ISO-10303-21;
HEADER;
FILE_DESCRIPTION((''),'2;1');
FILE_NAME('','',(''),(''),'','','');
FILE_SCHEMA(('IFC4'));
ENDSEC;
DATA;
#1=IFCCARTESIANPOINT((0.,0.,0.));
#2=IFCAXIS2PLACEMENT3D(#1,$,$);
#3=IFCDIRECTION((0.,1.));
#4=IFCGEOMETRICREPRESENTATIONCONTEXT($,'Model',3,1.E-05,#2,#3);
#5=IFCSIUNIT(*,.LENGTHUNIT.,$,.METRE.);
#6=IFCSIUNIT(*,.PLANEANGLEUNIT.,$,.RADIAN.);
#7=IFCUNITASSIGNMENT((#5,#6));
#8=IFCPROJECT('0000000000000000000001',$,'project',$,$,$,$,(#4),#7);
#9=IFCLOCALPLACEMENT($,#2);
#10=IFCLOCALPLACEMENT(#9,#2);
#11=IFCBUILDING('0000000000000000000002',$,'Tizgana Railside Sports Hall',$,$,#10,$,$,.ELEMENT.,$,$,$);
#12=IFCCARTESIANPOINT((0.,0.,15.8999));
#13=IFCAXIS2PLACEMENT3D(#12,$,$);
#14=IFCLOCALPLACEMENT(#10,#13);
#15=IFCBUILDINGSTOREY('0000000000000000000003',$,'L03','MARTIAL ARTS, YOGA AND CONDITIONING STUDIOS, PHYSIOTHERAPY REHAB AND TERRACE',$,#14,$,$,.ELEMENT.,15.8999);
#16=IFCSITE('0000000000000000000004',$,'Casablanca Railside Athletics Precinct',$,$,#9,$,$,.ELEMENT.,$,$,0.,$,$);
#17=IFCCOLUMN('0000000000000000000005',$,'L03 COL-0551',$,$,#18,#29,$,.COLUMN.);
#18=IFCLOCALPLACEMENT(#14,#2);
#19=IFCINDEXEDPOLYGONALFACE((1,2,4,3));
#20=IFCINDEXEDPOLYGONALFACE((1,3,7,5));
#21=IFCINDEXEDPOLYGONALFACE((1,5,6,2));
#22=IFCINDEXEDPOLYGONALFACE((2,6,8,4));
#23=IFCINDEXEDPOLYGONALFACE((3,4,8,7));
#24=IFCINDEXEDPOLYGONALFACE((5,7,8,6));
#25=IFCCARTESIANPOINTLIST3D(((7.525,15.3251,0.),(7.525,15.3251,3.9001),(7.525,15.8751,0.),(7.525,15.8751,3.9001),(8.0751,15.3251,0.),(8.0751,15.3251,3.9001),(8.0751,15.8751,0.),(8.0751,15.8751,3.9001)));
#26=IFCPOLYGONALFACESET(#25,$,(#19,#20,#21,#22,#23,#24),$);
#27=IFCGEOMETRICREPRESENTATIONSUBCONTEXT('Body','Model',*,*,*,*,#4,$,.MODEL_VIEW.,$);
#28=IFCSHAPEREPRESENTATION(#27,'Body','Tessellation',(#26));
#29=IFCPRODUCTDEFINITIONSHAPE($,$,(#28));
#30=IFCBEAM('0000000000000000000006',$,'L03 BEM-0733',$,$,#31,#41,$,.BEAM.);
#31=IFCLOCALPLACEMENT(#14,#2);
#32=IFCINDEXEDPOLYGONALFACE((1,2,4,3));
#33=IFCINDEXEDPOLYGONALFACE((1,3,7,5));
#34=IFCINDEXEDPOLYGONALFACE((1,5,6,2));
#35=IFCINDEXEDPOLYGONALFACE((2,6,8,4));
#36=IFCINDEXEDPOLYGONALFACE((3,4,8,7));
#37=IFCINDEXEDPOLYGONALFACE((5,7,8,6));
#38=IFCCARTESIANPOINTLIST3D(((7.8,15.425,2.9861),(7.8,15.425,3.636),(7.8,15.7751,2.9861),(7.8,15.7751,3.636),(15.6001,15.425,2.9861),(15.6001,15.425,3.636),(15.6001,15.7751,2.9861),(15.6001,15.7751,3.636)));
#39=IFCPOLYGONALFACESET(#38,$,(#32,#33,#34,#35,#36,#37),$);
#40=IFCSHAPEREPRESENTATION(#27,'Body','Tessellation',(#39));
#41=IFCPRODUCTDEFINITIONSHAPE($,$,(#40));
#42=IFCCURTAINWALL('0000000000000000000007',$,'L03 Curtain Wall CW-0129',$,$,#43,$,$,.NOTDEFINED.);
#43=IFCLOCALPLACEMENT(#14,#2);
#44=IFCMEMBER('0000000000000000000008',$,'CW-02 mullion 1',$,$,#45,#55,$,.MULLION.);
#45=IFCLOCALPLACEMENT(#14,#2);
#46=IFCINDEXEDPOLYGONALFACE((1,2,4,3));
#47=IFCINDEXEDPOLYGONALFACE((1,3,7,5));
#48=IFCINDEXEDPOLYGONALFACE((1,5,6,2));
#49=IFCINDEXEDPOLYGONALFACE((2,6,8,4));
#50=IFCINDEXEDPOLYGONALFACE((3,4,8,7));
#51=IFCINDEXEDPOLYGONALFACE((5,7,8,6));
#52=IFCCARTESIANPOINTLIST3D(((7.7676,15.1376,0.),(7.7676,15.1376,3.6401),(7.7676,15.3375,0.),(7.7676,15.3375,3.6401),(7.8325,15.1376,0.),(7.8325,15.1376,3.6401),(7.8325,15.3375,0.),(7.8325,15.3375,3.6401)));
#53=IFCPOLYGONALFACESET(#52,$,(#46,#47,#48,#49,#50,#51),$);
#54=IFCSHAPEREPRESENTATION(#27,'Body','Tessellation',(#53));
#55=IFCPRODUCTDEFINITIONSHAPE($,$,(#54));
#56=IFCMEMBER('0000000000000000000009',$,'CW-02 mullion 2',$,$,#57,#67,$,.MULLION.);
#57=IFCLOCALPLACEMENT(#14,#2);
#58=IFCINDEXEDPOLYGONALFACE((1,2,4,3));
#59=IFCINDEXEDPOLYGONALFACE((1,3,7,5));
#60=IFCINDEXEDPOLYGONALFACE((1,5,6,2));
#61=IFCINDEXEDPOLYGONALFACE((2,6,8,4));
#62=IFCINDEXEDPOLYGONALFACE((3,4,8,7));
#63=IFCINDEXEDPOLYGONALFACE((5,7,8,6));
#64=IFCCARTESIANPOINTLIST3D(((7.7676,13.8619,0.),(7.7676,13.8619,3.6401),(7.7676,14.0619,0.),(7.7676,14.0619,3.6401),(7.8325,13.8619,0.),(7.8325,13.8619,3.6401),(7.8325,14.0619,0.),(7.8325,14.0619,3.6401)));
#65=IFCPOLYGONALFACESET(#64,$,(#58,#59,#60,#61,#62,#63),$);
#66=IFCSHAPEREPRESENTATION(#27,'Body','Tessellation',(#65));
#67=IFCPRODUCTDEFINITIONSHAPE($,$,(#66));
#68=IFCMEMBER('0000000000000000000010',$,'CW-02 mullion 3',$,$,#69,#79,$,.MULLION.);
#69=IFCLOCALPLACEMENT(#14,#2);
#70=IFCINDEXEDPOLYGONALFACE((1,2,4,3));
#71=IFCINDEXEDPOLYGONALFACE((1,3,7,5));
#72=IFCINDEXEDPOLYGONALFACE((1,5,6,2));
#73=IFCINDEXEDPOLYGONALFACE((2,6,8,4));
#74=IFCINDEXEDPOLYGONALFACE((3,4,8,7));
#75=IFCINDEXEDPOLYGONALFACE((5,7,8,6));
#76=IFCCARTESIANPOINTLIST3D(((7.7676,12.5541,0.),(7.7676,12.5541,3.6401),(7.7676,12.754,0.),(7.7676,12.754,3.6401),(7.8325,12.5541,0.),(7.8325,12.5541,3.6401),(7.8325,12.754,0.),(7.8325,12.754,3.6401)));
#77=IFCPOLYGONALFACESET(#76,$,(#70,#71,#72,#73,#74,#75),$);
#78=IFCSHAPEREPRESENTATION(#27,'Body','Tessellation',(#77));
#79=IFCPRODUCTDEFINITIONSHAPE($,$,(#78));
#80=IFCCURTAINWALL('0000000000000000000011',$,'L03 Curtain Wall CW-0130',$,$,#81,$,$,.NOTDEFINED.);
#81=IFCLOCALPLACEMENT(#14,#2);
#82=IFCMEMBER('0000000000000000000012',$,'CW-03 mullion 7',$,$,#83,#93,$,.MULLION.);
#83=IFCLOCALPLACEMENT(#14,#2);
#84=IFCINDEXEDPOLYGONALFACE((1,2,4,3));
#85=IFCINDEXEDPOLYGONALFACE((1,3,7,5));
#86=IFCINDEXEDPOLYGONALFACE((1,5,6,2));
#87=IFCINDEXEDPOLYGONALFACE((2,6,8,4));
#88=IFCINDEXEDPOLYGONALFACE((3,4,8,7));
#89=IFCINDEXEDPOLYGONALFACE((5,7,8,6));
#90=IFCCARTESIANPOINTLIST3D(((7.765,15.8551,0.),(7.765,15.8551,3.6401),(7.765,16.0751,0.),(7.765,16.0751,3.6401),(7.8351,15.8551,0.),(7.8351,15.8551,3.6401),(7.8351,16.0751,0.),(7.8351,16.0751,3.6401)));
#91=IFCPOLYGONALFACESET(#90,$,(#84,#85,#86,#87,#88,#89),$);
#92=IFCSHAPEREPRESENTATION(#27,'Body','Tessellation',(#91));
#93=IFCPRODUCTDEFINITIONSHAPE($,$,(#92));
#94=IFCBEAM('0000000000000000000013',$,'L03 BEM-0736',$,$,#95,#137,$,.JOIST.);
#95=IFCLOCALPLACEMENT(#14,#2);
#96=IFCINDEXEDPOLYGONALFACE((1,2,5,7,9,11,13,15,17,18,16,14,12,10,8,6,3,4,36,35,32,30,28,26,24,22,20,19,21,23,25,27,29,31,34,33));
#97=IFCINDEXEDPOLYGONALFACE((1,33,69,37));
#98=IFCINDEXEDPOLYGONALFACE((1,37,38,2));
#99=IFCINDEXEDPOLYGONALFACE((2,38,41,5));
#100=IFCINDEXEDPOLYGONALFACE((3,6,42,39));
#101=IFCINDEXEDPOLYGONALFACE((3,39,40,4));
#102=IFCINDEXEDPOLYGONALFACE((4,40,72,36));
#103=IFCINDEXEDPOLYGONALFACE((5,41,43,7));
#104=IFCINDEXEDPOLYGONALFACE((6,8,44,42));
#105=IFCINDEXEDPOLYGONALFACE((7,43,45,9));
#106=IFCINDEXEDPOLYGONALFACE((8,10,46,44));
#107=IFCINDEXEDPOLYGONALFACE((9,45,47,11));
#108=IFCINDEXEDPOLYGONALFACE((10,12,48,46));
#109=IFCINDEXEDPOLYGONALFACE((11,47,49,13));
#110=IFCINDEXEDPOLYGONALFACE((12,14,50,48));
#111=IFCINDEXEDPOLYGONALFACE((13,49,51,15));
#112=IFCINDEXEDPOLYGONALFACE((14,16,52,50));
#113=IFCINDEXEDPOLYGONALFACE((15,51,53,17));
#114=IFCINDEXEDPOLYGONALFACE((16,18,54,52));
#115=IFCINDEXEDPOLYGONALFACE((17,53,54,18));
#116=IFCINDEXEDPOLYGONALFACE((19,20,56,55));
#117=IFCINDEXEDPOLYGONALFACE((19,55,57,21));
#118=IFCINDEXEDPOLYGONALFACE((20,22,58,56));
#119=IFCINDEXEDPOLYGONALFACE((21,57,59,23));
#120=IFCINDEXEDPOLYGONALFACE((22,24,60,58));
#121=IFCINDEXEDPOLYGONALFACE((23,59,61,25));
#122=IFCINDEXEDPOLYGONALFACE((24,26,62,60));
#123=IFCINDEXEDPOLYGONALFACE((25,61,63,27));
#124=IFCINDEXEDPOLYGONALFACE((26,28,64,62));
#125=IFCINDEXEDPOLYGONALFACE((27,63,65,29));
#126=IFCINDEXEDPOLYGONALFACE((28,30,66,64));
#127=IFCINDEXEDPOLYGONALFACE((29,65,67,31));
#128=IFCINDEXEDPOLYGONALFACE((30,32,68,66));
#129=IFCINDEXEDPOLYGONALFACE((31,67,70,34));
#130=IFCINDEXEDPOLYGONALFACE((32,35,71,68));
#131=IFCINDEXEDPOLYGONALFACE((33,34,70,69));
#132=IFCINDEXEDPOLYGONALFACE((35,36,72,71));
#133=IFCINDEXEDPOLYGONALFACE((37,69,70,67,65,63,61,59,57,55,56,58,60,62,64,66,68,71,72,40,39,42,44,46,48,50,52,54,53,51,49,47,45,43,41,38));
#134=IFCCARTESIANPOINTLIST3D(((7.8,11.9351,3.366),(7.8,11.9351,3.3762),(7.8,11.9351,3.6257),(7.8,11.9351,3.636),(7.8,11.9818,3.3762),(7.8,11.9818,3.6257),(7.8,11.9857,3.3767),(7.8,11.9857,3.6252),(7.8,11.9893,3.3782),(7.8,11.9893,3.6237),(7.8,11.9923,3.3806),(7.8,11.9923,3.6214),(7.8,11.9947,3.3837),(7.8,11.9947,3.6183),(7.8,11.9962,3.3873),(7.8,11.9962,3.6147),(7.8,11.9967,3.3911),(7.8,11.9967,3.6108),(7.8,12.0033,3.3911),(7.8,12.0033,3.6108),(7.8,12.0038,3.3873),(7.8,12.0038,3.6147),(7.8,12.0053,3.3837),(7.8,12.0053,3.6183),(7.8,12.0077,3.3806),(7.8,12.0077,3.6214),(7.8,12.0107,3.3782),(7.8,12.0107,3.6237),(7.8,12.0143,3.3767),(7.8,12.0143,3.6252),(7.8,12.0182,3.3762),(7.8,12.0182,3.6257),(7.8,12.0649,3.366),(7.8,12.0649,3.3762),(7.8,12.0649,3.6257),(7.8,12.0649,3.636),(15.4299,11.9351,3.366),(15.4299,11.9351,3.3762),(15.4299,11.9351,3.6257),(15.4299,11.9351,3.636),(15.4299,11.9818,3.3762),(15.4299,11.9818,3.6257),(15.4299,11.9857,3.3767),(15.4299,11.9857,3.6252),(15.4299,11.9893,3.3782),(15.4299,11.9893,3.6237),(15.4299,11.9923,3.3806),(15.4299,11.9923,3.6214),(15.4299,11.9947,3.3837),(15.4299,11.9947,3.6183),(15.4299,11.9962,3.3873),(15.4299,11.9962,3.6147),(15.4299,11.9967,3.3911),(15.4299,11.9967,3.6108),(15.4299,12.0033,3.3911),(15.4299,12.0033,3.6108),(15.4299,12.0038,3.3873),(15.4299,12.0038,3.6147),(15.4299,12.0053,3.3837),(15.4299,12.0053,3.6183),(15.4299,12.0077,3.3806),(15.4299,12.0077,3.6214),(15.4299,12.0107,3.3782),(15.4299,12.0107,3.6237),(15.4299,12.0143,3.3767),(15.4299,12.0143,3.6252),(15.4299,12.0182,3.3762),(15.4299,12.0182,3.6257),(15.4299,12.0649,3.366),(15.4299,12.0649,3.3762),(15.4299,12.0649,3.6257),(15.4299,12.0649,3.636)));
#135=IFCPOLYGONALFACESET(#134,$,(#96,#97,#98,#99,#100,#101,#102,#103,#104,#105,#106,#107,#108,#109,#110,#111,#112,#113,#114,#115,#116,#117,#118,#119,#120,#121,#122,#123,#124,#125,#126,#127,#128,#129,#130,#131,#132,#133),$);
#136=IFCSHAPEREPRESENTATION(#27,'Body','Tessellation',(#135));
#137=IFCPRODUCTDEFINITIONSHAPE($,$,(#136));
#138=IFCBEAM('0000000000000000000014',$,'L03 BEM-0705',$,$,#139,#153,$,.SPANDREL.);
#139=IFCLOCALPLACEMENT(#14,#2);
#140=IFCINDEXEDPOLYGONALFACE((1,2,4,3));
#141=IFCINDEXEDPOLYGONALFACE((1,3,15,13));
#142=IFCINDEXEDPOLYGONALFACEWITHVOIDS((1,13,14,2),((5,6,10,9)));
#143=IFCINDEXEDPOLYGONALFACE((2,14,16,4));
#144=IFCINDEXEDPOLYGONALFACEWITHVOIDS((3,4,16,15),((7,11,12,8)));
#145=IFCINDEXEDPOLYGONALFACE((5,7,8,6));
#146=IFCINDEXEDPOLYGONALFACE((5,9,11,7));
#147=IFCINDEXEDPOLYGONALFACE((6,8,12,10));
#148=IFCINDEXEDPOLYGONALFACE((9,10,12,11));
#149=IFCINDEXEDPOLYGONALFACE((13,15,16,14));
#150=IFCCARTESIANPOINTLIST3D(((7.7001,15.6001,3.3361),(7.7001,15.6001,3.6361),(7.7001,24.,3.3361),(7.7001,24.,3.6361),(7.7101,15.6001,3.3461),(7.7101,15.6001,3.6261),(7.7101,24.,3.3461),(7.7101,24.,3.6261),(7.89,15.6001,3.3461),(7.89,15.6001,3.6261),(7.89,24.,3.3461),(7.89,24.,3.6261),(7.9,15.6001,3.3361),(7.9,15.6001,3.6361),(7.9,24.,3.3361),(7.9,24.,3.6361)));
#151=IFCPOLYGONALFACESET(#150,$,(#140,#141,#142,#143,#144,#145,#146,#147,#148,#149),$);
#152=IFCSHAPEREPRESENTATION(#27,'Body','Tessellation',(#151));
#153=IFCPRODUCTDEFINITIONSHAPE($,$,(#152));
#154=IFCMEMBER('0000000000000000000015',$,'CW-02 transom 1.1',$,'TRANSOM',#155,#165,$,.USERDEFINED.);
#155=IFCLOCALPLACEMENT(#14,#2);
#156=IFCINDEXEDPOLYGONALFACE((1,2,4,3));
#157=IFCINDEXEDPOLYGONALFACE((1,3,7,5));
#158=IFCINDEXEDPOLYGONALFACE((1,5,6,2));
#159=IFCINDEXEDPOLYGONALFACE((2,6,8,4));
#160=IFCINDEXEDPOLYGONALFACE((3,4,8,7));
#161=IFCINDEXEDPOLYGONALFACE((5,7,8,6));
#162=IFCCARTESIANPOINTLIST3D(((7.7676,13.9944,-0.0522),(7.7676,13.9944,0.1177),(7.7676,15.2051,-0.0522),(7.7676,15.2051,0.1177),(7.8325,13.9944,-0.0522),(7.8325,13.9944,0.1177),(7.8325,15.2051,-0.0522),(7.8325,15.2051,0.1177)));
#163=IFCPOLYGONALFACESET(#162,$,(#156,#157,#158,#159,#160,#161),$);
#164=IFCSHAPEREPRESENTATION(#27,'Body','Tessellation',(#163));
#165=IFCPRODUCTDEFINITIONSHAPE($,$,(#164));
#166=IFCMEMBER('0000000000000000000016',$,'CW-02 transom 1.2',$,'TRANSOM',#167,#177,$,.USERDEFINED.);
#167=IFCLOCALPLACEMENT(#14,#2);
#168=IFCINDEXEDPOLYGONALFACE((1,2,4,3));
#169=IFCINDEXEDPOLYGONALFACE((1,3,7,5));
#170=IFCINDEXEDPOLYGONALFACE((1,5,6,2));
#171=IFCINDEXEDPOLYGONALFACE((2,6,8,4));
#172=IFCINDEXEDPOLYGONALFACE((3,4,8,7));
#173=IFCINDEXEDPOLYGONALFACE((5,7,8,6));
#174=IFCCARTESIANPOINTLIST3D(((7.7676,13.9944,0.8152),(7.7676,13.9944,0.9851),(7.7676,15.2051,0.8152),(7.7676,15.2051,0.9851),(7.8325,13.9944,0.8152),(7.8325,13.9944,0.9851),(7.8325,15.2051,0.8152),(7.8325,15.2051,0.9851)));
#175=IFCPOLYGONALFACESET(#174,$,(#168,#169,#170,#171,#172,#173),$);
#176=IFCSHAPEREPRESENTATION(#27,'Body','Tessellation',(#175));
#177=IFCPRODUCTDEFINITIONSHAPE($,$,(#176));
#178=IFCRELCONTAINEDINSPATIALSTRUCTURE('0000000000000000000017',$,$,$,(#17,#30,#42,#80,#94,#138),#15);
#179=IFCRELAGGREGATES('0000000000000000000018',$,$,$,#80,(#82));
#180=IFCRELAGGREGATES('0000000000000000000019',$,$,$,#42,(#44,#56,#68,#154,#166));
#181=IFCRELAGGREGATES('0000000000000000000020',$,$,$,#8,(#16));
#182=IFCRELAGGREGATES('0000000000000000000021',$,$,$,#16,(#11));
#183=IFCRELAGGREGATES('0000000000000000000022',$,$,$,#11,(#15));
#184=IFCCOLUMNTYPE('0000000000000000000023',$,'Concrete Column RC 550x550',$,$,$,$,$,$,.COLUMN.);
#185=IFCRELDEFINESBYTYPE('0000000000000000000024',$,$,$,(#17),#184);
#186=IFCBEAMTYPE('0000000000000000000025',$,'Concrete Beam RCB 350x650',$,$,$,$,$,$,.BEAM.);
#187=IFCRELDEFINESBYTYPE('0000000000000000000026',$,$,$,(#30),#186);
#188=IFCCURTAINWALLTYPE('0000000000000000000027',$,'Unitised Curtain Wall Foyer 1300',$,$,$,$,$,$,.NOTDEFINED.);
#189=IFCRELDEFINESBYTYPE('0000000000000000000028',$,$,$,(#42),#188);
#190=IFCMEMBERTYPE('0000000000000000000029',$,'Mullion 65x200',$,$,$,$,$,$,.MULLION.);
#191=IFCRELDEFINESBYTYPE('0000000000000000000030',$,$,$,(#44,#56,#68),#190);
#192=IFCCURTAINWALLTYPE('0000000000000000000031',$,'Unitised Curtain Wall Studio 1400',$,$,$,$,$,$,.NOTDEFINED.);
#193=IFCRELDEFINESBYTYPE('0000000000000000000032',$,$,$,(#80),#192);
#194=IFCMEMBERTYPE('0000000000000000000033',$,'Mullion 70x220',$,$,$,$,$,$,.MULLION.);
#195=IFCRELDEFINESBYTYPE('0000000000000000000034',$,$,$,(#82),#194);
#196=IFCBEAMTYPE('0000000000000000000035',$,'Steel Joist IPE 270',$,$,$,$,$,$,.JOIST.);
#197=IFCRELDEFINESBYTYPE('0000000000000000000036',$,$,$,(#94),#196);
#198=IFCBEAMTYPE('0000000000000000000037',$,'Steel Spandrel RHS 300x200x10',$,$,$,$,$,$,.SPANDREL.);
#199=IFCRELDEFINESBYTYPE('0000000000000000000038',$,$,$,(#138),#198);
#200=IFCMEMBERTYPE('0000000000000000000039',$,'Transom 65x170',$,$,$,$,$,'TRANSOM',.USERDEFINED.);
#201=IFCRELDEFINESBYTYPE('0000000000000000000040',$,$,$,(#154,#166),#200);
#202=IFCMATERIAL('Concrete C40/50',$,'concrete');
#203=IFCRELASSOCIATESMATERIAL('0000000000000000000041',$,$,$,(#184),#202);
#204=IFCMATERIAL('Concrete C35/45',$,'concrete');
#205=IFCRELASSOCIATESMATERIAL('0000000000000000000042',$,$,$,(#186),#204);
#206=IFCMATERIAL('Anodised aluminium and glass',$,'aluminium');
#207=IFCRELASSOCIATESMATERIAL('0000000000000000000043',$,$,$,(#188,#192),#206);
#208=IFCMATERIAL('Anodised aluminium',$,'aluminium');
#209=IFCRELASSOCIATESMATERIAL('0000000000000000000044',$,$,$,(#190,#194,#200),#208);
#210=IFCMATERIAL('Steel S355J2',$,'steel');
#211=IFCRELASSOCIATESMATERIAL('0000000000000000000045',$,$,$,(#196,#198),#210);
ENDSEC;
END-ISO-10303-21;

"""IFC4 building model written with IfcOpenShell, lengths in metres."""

from ifc_helpers import new_model, si_unit, direction, frame, origin, origin_2d, place, context, subcontext, project, spatial, rectangle, hollow_rectangle, i_section, extrude, material, material_profile, profile_set, type_object, element, aggregate, save


model = new_model("IFC4")

# Units and contexts
model_context = context("Model", 3, precision=1e-05, world=origin(), true_north=direction((0.0, 1.0)))
body_context = subcontext(model_context, "Body", "Model", "MODEL_VIEW")
ifc_project = project(units=[si_unit("LENGTHUNIT", "METRE"), si_unit("PLANEANGLEUNIT", "RADIAN")], contexts=[model_context])

# Site, building, storey
site_placement = place(None, origin())
site = spatial("IfcSite", under=ifc_project, at=site_placement, Name="Casablanca Railside Athletics Precinct", CompositionType="ELEMENT", RefElevation=0.0)
building_placement = place(site_placement, origin())
building = spatial("IfcBuilding", under=site, at=building_placement, Name="Tizgana Railside Sports Hall", CompositionType="ELEMENT")
storey_placement = place(building_placement, frame((0.0, 0.0, 15.8999)))
storey = spatial("IfcBuildingStorey", under=building, at=storey_placement, Name="L03", Description="MARTIAL ARTS, YOGA AND CONDITIONING STUDIOS, PHYSIOTHERAPY REHAB AND TERRACE", CompositionType="ELEMENT", Elevation=15.8999)

# Column
ifc_material_1 = material(Name="Concrete C40/50", Category="concrete")
ifc_material_profile_1 = material_profile(ifc_material_1, rectangle(XDim=0.55, YDim=0.55, at=origin_2d()), Name="RC 550x550")
ifc_profile_set_1 = profile_set([ifc_material_profile_1], Name="Concrete C40/50")
column_type = type_object("IfcColumnType", Name="Concrete Column RC 550x550", PredefinedType="COLUMN", material=ifc_profile_set_1)
column_placement = place(storey_placement, frame((7.8, 15.6001, 0.0), z_axis=(0.0, 0.0, 1.0), x_axis=(1.0, 0.0, 0.0)))
element("IfcColumn", 1, at=column_placement, inside=storey, type_object=column_type, Name="L03 COL-0551", PredefinedType="COLUMN", context=body_context, shape_type="SweptSolid", body=[
    extrude(rectangle(XDim=0.55, YDim=0.55, at=origin_2d()), origin(), (0.0, 0.0, 1.0), 3.9001),
])

# Beam
ifc_material_2 = material(Name="Concrete C35/45", Category="concrete")
ifc_material_profile_2 = material_profile(ifc_material_2, rectangle(XDim=0.3501, YDim=0.6499, at=origin_2d()), Name="RCB 350x650")
ifc_profile_set_2 = profile_set([ifc_material_profile_2], Name="Concrete C35/45")
beam_type_1 = type_object("IfcBeamType", Name="Concrete Beam RCB 350x650", PredefinedType="BEAM", material=ifc_profile_set_2)
beam_1_placement = place(storey_placement, frame((7.8, 15.6001, 3.311), z_axis=(1.0, 0.0, 0.0), x_axis=(0.0, 1.0, 0.0)))
element("IfcBeam", 2, at=beam_1_placement, inside=storey, type_object=beam_type_1, Name="L03 BEM-0733", PredefinedType="BEAM", context=body_context, shape_type="SweptSolid", body=[
    extrude(rectangle(XDim=0.3501, YDim=0.6499, at=origin_2d()), origin(), (0.0, 0.0, 1.0), 7.8),
])

# Curtain wall, members
ifc_material_3 = material(Name="Anodised aluminium and glass", Category="aluminium")
curtain_wall_type_1 = type_object("IfcCurtainWallType", Name="Unitised Curtain Wall Foyer 1300", PredefinedType="NOTDEFINED", material=ifc_material_3)
curtain_wall_1_placement = place(storey_placement, origin())
curtain_wall_1 = element("IfcCurtainWall", 3, at=curtain_wall_1_placement, inside=storey, type_object=curtain_wall_type_1, Name="L03 Curtain Wall CW-0129", PredefinedType="NOTDEFINED")
ifc_material_4 = material(Name="Anodised aluminium", Category="aluminium")
ifc_material_profile_3 = material_profile(ifc_material_4, rectangle(XDim=0.0649, YDim=0.2, at=origin_2d()), Name="Mullion 65x200")
ifc_profile_set_3 = profile_set([ifc_material_profile_3], Name="Anodised aluminium")
member_type_1 = type_object("IfcMemberType", Name="Mullion 65x200", PredefinedType="MULLION", material=ifc_profile_set_3)
member_1_placement = place(storey_placement, frame((7.8, 15.2375, 0.0), z_axis=(0.0, 0.0, 1.0), x_axis=(1.0, 0.0, 0.0)))
member_1 = element("IfcMember", 4, at=member_1_placement, type_object=member_type_1, Name="CW-02 mullion 1", PredefinedType="MULLION", context=body_context, shape_type="SweptSolid", body=[
    extrude(rectangle(XDim=0.0649, YDim=0.2, at=origin_2d()), origin(), (0.0, 0.0, 1.0), 3.6401),
])
member_2_placement = place(storey_placement, frame((7.8, 13.9619, 0.0), z_axis=(0.0, 0.0, 1.0), x_axis=(1.0, 0.0, 0.0)))
member_2 = element("IfcMember", 5, at=member_2_placement, type_object=member_type_1, Name="CW-02 mullion 2", PredefinedType="MULLION", context=body_context, shape_type="SweptSolid", body=[
    extrude(rectangle(XDim=0.0649, YDim=0.2, at=origin_2d()), origin(), (0.0, 0.0, 1.0), 3.6401),
])
member_3_placement = place(storey_placement, frame((7.8, 12.6541, 0.0), z_axis=(0.0, 0.0, 1.0), x_axis=(1.0, 0.0, 0.0)))
member_3 = element("IfcMember", 6, at=member_3_placement, type_object=member_type_1, Name="CW-02 mullion 3", PredefinedType="MULLION", context=body_context, shape_type="SweptSolid", body=[
    extrude(rectangle(XDim=0.0649, YDim=0.2, at=origin_2d()), origin(), (0.0, 0.0, 1.0), 3.6401),
])

# Curtain wall, member
curtain_wall_type_2 = type_object("IfcCurtainWallType", Name="Unitised Curtain Wall Studio 1400", PredefinedType="NOTDEFINED", material=ifc_material_3)
curtain_wall_2_placement = place(storey_placement, origin())
curtain_wall_2 = element("IfcCurtainWall", 7, at=curtain_wall_2_placement, inside=storey, type_object=curtain_wall_type_2, Name="L03 Curtain Wall CW-0130", PredefinedType="NOTDEFINED")
ifc_material_profile_4 = material_profile(ifc_material_4, rectangle(XDim=0.0701, YDim=0.22, at=origin_2d()), Name="Mullion 70x220")
ifc_profile_set_4 = profile_set([ifc_material_profile_4], Name="Anodised aluminium")
member_type_2 = type_object("IfcMemberType", Name="Mullion 70x220", PredefinedType="MULLION", material=ifc_profile_set_4)
member_4_placement = place(storey_placement, frame((7.8, 15.9651, 0.0), z_axis=(0.0, 0.0, 1.0), x_axis=(1.0, 0.0, 0.0)))
member_4 = element("IfcMember", 8, at=member_4_placement, type_object=member_type_2, Name="CW-03 mullion 7", PredefinedType="MULLION", context=body_context, shape_type="SweptSolid", body=[
    extrude(rectangle(XDim=0.0701, YDim=0.22, at=origin_2d()), origin(), (0.0, 0.0, 1.0), 3.6401),
])
aggregate(curtain_wall_2, [member_4])

# Beams
ifc_material_5 = material(Name="Steel S355J2", Category="steel")
ifc_material_profile_5 = material_profile(ifc_material_5, i_section(OverallWidth=0.1299, OverallDepth=0.27, WebThickness=0.0066, FlangeThickness=0.0103, FilletRadius=0.0149, at=origin_2d()), Name="IPE 270")
ifc_profile_set_5 = profile_set([ifc_material_profile_5], Name="Steel S355J2")
beam_type_2 = type_object("IfcBeamType", Name="Steel Joist IPE 270", PredefinedType="JOIST", material=ifc_profile_set_5)
beam_2_placement = place(storey_placement, frame((7.8, 12.0, 3.501), z_axis=(1.0, 0.0, 0.0), x_axis=(0.0, 1.0, 0.0)))
element("IfcBeam", 9, at=beam_2_placement, inside=storey, type_object=beam_type_2, Name="L03 BEM-0736", PredefinedType="JOIST", context=body_context, shape_type="SweptSolid", body=[
    extrude(i_section(OverallWidth=0.1299, OverallDepth=0.27, WebThickness=0.0066, FlangeThickness=0.0103, FilletRadius=0.0149, at=origin_2d()), origin(), (0.0, 0.0, 1.0), 7.6299),
])
ifc_material_profile_6 = material_profile(ifc_material_5, hollow_rectangle(XDim=0.2, YDim=0.3, WallThickness=0.01, at=origin_2d()), Name="RHS 300x200x10")
ifc_profile_set_6 = profile_set([ifc_material_profile_6], Name="Steel S355J2")
beam_type_3 = type_object("IfcBeamType", Name="Steel Spandrel RHS 300x200x10", PredefinedType="SPANDREL", material=ifc_profile_set_6)
beam_3_placement = place(storey_placement, frame((7.8, 15.6001, 3.4861), z_axis=(0.0, 1.0, 0.0), x_axis=(-1.0, 0.0, 0.0)))
element("IfcBeam", 10, at=beam_3_placement, inside=storey, type_object=beam_type_3, Name="L03 BEM-0705", PredefinedType="SPANDREL", context=body_context, shape_type="SweptSolid", body=[
    extrude(hollow_rectangle(XDim=0.2, YDim=0.3, WallThickness=0.01, at=origin_2d()), origin(), (0.0, 0.0, 1.0), 8.3999),
])

# Members
ifc_material_profile_7 = material_profile(ifc_material_4, rectangle(XDim=0.0649, YDim=0.1699, at=origin_2d()), Name="Transom 65x170")
ifc_profile_set_7 = profile_set([ifc_material_profile_7], Name="Anodised aluminium")
member_type_3 = type_object("IfcMemberType", Name="Transom 65x170", ElementType="TRANSOM", PredefinedType="USERDEFINED", material=ifc_profile_set_7)
member_5_placement = place(storey_placement, frame((7.8, 15.2051, 0.0327), z_axis=(0.0, -1.0, 0.0), x_axis=(1.0, 0.0, 0.0)))
member_5 = element("IfcMember", 11, at=member_5_placement, type_object=member_type_3, Name="CW-02 transom 1.1", ObjectType="TRANSOM", PredefinedType="USERDEFINED", context=body_context, shape_type="SweptSolid", body=[
    extrude(rectangle(XDim=0.0649, YDim=0.1699, at=origin_2d()), origin(), (0.0, 0.0, 1.0), 1.2107),
])
member_6_placement = place(storey_placement, frame((7.8, 15.2051, 0.9001), z_axis=(0.0, -1.0, 0.0), x_axis=(1.0, 0.0, 0.0)))
member_6 = element("IfcMember", 12, at=member_6_placement, type_object=member_type_3, Name="CW-02 transom 1.2", ObjectType="TRANSOM", PredefinedType="USERDEFINED", context=body_context, shape_type="SweptSolid", body=[
    extrude(rectangle(XDim=0.0649, YDim=0.1699, at=origin_2d()), origin(), (0.0, 0.0, 1.0), 1.2107),
])

aggregate(curtain_wall_1, [member_1, member_2, member_3, member_5, member_6])

save(model, "model.ifc")
